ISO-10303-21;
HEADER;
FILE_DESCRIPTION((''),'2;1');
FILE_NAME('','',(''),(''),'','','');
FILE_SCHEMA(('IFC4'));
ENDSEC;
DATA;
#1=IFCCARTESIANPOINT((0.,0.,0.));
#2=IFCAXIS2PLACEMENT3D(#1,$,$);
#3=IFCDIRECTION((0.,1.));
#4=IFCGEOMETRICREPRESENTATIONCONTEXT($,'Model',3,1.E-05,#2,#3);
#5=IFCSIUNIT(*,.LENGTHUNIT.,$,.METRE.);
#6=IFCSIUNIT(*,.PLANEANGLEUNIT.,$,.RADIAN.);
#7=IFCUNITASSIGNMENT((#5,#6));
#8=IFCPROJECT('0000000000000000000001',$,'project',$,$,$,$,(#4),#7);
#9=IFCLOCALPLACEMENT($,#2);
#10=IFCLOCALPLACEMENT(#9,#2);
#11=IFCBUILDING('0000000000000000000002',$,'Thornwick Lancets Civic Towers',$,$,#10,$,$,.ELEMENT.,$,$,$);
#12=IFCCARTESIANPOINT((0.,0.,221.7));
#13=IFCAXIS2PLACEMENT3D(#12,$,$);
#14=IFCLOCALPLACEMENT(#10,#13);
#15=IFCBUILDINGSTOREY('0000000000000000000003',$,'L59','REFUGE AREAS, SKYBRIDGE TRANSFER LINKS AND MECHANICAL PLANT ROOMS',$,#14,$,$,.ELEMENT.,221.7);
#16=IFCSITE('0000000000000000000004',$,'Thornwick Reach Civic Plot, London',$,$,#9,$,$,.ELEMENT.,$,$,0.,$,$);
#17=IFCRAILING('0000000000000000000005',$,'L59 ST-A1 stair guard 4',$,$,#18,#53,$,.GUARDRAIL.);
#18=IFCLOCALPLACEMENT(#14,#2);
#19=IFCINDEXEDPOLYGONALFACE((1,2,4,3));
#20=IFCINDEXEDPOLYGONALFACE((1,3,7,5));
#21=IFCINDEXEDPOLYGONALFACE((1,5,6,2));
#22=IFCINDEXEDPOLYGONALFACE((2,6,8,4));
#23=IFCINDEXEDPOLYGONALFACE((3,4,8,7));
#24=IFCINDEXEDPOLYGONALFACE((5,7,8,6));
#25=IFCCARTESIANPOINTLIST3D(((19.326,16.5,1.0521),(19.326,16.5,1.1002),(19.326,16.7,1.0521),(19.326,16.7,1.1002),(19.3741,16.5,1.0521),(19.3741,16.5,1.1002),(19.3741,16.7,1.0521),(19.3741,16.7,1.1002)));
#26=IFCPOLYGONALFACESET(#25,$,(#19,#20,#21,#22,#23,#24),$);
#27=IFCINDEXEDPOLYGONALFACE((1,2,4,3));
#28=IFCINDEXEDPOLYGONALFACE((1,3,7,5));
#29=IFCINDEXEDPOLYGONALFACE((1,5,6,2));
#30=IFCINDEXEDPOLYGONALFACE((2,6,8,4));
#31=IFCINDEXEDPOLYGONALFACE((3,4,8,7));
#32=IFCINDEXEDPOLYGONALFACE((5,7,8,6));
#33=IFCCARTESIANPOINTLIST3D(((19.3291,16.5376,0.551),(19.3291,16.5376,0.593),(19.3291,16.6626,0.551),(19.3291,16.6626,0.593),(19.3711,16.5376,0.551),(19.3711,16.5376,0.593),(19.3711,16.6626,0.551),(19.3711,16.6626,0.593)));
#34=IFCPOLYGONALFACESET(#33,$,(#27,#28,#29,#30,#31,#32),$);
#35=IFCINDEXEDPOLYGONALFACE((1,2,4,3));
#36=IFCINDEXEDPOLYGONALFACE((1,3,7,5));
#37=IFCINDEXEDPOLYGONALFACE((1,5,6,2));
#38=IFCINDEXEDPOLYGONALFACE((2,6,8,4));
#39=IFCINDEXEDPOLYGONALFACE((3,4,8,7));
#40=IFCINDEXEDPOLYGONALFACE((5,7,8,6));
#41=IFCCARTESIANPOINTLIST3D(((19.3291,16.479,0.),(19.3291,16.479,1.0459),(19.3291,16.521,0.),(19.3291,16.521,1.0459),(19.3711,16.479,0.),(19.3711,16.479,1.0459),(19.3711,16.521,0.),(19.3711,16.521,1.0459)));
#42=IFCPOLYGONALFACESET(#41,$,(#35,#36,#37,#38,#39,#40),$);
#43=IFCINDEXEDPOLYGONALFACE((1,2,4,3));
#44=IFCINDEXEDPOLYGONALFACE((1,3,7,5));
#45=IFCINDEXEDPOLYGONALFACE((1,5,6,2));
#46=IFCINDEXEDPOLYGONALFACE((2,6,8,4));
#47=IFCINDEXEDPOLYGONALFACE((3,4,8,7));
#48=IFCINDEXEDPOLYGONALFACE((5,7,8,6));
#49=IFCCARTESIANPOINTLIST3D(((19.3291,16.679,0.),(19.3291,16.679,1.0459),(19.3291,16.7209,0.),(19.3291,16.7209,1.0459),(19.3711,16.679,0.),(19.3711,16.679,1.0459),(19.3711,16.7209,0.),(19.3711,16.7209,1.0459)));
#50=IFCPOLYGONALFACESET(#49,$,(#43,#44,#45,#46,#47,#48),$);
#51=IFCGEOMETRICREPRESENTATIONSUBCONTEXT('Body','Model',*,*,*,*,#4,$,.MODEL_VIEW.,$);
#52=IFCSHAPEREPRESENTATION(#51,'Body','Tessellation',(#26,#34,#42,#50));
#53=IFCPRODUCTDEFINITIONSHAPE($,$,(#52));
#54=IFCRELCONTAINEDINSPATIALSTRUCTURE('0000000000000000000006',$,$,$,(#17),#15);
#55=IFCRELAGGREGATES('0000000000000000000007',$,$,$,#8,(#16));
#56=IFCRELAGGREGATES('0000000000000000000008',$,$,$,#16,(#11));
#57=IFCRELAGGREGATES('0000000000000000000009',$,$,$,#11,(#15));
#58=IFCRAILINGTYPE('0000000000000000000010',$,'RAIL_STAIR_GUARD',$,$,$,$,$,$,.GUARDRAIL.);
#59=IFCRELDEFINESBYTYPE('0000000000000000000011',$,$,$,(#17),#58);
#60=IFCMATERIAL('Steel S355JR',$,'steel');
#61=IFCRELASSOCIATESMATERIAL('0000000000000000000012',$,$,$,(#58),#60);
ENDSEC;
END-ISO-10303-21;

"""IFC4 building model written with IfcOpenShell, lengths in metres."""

from ifc_helpers import new_model, si_unit, direction, frame, origin, origin_2d, place, context, subcontext, project, spatial, rectangle, extrude, material, type_object, element, save


model = new_model("IFC4")

# Units and contexts
model_context = context("Model", 3, precision=1e-05, world=origin(), true_north=direction((0.0, 1.0)))
body_context = subcontext(model_context, "Body", "Model", "MODEL_VIEW")
ifc_project = project(units=[si_unit("LENGTHUNIT", "METRE"), si_unit("PLANEANGLEUNIT", "RADIAN")], contexts=[model_context])

# Site, building, storey
site_placement = place(None, origin())
site = spatial("IfcSite", under=ifc_project, at=site_placement, Name="Thornwick Reach Civic Plot, London", CompositionType="ELEMENT", RefElevation=0.0)
building_placement = place(site_placement, origin())
building = spatial("IfcBuilding", under=site, at=building_placement, Name="Thornwick Lancets Civic Towers", CompositionType="ELEMENT")
storey_placement = place(building_placement, frame((0.0, 0.0, 221.7)))
storey = spatial("IfcBuildingStorey", under=building, at=storey_placement, Name="L59", Description="REFUGE AREAS, SKYBRIDGE TRANSFER LINKS AND MECHANICAL PLANT ROOMS", CompositionType="ELEMENT", Elevation=221.7)

# Shared definitions
ifc_material_1 = material(Name="Steel S355JR", Category="steel")

# Railing
railing_type_1 = type_object("IfcRailingType", Name="RAIL_STAIR_GUARD", PredefinedType="GUARDRAIL", material=ifc_material_1)
railing_1_placement = place(storey_placement, frame((19.3501, 16.5, 0.0)))
element("IfcRailing", 1, at=railing_1_placement, inside=storey, type_object=railing_type_1, Name="L59 ST-A1 stair guard 4", PredefinedType="GUARDRAIL", context=body_context, shape_type="SweptSolid", body=[
    extrude(rectangle(XDim=0.0481, YDim=0.0481, at=origin_2d()), frame((0.0, 0.0, 1.0762), z_axis=(0.0, 1.0, 0.0), x_axis=(-1.0, 0.0, 0.0)), (0.0, 0.0, 1.0), 0.2),
    extrude(rectangle(XDim=0.042, YDim=0.042, at=origin_2d()), frame((0.0, 0.0376, 0.572), z_axis=(0.0, 1.0, 0.0), x_axis=(-1.0, 0.0, 0.0)), (0.0, 0.0, 1.0), 0.125),
    extrude(rectangle(XDim=0.042, YDim=0.042, at=origin_2d()), origin(), (0.0, 0.0, 1.0), 1.0459),
    extrude(rectangle(XDim=0.042, YDim=0.042, at=origin_2d()), frame((0.0, 0.2, 0.0)), (0.0, 0.0, 1.0), 1.0459),
])

save(model, "model.ifc")
